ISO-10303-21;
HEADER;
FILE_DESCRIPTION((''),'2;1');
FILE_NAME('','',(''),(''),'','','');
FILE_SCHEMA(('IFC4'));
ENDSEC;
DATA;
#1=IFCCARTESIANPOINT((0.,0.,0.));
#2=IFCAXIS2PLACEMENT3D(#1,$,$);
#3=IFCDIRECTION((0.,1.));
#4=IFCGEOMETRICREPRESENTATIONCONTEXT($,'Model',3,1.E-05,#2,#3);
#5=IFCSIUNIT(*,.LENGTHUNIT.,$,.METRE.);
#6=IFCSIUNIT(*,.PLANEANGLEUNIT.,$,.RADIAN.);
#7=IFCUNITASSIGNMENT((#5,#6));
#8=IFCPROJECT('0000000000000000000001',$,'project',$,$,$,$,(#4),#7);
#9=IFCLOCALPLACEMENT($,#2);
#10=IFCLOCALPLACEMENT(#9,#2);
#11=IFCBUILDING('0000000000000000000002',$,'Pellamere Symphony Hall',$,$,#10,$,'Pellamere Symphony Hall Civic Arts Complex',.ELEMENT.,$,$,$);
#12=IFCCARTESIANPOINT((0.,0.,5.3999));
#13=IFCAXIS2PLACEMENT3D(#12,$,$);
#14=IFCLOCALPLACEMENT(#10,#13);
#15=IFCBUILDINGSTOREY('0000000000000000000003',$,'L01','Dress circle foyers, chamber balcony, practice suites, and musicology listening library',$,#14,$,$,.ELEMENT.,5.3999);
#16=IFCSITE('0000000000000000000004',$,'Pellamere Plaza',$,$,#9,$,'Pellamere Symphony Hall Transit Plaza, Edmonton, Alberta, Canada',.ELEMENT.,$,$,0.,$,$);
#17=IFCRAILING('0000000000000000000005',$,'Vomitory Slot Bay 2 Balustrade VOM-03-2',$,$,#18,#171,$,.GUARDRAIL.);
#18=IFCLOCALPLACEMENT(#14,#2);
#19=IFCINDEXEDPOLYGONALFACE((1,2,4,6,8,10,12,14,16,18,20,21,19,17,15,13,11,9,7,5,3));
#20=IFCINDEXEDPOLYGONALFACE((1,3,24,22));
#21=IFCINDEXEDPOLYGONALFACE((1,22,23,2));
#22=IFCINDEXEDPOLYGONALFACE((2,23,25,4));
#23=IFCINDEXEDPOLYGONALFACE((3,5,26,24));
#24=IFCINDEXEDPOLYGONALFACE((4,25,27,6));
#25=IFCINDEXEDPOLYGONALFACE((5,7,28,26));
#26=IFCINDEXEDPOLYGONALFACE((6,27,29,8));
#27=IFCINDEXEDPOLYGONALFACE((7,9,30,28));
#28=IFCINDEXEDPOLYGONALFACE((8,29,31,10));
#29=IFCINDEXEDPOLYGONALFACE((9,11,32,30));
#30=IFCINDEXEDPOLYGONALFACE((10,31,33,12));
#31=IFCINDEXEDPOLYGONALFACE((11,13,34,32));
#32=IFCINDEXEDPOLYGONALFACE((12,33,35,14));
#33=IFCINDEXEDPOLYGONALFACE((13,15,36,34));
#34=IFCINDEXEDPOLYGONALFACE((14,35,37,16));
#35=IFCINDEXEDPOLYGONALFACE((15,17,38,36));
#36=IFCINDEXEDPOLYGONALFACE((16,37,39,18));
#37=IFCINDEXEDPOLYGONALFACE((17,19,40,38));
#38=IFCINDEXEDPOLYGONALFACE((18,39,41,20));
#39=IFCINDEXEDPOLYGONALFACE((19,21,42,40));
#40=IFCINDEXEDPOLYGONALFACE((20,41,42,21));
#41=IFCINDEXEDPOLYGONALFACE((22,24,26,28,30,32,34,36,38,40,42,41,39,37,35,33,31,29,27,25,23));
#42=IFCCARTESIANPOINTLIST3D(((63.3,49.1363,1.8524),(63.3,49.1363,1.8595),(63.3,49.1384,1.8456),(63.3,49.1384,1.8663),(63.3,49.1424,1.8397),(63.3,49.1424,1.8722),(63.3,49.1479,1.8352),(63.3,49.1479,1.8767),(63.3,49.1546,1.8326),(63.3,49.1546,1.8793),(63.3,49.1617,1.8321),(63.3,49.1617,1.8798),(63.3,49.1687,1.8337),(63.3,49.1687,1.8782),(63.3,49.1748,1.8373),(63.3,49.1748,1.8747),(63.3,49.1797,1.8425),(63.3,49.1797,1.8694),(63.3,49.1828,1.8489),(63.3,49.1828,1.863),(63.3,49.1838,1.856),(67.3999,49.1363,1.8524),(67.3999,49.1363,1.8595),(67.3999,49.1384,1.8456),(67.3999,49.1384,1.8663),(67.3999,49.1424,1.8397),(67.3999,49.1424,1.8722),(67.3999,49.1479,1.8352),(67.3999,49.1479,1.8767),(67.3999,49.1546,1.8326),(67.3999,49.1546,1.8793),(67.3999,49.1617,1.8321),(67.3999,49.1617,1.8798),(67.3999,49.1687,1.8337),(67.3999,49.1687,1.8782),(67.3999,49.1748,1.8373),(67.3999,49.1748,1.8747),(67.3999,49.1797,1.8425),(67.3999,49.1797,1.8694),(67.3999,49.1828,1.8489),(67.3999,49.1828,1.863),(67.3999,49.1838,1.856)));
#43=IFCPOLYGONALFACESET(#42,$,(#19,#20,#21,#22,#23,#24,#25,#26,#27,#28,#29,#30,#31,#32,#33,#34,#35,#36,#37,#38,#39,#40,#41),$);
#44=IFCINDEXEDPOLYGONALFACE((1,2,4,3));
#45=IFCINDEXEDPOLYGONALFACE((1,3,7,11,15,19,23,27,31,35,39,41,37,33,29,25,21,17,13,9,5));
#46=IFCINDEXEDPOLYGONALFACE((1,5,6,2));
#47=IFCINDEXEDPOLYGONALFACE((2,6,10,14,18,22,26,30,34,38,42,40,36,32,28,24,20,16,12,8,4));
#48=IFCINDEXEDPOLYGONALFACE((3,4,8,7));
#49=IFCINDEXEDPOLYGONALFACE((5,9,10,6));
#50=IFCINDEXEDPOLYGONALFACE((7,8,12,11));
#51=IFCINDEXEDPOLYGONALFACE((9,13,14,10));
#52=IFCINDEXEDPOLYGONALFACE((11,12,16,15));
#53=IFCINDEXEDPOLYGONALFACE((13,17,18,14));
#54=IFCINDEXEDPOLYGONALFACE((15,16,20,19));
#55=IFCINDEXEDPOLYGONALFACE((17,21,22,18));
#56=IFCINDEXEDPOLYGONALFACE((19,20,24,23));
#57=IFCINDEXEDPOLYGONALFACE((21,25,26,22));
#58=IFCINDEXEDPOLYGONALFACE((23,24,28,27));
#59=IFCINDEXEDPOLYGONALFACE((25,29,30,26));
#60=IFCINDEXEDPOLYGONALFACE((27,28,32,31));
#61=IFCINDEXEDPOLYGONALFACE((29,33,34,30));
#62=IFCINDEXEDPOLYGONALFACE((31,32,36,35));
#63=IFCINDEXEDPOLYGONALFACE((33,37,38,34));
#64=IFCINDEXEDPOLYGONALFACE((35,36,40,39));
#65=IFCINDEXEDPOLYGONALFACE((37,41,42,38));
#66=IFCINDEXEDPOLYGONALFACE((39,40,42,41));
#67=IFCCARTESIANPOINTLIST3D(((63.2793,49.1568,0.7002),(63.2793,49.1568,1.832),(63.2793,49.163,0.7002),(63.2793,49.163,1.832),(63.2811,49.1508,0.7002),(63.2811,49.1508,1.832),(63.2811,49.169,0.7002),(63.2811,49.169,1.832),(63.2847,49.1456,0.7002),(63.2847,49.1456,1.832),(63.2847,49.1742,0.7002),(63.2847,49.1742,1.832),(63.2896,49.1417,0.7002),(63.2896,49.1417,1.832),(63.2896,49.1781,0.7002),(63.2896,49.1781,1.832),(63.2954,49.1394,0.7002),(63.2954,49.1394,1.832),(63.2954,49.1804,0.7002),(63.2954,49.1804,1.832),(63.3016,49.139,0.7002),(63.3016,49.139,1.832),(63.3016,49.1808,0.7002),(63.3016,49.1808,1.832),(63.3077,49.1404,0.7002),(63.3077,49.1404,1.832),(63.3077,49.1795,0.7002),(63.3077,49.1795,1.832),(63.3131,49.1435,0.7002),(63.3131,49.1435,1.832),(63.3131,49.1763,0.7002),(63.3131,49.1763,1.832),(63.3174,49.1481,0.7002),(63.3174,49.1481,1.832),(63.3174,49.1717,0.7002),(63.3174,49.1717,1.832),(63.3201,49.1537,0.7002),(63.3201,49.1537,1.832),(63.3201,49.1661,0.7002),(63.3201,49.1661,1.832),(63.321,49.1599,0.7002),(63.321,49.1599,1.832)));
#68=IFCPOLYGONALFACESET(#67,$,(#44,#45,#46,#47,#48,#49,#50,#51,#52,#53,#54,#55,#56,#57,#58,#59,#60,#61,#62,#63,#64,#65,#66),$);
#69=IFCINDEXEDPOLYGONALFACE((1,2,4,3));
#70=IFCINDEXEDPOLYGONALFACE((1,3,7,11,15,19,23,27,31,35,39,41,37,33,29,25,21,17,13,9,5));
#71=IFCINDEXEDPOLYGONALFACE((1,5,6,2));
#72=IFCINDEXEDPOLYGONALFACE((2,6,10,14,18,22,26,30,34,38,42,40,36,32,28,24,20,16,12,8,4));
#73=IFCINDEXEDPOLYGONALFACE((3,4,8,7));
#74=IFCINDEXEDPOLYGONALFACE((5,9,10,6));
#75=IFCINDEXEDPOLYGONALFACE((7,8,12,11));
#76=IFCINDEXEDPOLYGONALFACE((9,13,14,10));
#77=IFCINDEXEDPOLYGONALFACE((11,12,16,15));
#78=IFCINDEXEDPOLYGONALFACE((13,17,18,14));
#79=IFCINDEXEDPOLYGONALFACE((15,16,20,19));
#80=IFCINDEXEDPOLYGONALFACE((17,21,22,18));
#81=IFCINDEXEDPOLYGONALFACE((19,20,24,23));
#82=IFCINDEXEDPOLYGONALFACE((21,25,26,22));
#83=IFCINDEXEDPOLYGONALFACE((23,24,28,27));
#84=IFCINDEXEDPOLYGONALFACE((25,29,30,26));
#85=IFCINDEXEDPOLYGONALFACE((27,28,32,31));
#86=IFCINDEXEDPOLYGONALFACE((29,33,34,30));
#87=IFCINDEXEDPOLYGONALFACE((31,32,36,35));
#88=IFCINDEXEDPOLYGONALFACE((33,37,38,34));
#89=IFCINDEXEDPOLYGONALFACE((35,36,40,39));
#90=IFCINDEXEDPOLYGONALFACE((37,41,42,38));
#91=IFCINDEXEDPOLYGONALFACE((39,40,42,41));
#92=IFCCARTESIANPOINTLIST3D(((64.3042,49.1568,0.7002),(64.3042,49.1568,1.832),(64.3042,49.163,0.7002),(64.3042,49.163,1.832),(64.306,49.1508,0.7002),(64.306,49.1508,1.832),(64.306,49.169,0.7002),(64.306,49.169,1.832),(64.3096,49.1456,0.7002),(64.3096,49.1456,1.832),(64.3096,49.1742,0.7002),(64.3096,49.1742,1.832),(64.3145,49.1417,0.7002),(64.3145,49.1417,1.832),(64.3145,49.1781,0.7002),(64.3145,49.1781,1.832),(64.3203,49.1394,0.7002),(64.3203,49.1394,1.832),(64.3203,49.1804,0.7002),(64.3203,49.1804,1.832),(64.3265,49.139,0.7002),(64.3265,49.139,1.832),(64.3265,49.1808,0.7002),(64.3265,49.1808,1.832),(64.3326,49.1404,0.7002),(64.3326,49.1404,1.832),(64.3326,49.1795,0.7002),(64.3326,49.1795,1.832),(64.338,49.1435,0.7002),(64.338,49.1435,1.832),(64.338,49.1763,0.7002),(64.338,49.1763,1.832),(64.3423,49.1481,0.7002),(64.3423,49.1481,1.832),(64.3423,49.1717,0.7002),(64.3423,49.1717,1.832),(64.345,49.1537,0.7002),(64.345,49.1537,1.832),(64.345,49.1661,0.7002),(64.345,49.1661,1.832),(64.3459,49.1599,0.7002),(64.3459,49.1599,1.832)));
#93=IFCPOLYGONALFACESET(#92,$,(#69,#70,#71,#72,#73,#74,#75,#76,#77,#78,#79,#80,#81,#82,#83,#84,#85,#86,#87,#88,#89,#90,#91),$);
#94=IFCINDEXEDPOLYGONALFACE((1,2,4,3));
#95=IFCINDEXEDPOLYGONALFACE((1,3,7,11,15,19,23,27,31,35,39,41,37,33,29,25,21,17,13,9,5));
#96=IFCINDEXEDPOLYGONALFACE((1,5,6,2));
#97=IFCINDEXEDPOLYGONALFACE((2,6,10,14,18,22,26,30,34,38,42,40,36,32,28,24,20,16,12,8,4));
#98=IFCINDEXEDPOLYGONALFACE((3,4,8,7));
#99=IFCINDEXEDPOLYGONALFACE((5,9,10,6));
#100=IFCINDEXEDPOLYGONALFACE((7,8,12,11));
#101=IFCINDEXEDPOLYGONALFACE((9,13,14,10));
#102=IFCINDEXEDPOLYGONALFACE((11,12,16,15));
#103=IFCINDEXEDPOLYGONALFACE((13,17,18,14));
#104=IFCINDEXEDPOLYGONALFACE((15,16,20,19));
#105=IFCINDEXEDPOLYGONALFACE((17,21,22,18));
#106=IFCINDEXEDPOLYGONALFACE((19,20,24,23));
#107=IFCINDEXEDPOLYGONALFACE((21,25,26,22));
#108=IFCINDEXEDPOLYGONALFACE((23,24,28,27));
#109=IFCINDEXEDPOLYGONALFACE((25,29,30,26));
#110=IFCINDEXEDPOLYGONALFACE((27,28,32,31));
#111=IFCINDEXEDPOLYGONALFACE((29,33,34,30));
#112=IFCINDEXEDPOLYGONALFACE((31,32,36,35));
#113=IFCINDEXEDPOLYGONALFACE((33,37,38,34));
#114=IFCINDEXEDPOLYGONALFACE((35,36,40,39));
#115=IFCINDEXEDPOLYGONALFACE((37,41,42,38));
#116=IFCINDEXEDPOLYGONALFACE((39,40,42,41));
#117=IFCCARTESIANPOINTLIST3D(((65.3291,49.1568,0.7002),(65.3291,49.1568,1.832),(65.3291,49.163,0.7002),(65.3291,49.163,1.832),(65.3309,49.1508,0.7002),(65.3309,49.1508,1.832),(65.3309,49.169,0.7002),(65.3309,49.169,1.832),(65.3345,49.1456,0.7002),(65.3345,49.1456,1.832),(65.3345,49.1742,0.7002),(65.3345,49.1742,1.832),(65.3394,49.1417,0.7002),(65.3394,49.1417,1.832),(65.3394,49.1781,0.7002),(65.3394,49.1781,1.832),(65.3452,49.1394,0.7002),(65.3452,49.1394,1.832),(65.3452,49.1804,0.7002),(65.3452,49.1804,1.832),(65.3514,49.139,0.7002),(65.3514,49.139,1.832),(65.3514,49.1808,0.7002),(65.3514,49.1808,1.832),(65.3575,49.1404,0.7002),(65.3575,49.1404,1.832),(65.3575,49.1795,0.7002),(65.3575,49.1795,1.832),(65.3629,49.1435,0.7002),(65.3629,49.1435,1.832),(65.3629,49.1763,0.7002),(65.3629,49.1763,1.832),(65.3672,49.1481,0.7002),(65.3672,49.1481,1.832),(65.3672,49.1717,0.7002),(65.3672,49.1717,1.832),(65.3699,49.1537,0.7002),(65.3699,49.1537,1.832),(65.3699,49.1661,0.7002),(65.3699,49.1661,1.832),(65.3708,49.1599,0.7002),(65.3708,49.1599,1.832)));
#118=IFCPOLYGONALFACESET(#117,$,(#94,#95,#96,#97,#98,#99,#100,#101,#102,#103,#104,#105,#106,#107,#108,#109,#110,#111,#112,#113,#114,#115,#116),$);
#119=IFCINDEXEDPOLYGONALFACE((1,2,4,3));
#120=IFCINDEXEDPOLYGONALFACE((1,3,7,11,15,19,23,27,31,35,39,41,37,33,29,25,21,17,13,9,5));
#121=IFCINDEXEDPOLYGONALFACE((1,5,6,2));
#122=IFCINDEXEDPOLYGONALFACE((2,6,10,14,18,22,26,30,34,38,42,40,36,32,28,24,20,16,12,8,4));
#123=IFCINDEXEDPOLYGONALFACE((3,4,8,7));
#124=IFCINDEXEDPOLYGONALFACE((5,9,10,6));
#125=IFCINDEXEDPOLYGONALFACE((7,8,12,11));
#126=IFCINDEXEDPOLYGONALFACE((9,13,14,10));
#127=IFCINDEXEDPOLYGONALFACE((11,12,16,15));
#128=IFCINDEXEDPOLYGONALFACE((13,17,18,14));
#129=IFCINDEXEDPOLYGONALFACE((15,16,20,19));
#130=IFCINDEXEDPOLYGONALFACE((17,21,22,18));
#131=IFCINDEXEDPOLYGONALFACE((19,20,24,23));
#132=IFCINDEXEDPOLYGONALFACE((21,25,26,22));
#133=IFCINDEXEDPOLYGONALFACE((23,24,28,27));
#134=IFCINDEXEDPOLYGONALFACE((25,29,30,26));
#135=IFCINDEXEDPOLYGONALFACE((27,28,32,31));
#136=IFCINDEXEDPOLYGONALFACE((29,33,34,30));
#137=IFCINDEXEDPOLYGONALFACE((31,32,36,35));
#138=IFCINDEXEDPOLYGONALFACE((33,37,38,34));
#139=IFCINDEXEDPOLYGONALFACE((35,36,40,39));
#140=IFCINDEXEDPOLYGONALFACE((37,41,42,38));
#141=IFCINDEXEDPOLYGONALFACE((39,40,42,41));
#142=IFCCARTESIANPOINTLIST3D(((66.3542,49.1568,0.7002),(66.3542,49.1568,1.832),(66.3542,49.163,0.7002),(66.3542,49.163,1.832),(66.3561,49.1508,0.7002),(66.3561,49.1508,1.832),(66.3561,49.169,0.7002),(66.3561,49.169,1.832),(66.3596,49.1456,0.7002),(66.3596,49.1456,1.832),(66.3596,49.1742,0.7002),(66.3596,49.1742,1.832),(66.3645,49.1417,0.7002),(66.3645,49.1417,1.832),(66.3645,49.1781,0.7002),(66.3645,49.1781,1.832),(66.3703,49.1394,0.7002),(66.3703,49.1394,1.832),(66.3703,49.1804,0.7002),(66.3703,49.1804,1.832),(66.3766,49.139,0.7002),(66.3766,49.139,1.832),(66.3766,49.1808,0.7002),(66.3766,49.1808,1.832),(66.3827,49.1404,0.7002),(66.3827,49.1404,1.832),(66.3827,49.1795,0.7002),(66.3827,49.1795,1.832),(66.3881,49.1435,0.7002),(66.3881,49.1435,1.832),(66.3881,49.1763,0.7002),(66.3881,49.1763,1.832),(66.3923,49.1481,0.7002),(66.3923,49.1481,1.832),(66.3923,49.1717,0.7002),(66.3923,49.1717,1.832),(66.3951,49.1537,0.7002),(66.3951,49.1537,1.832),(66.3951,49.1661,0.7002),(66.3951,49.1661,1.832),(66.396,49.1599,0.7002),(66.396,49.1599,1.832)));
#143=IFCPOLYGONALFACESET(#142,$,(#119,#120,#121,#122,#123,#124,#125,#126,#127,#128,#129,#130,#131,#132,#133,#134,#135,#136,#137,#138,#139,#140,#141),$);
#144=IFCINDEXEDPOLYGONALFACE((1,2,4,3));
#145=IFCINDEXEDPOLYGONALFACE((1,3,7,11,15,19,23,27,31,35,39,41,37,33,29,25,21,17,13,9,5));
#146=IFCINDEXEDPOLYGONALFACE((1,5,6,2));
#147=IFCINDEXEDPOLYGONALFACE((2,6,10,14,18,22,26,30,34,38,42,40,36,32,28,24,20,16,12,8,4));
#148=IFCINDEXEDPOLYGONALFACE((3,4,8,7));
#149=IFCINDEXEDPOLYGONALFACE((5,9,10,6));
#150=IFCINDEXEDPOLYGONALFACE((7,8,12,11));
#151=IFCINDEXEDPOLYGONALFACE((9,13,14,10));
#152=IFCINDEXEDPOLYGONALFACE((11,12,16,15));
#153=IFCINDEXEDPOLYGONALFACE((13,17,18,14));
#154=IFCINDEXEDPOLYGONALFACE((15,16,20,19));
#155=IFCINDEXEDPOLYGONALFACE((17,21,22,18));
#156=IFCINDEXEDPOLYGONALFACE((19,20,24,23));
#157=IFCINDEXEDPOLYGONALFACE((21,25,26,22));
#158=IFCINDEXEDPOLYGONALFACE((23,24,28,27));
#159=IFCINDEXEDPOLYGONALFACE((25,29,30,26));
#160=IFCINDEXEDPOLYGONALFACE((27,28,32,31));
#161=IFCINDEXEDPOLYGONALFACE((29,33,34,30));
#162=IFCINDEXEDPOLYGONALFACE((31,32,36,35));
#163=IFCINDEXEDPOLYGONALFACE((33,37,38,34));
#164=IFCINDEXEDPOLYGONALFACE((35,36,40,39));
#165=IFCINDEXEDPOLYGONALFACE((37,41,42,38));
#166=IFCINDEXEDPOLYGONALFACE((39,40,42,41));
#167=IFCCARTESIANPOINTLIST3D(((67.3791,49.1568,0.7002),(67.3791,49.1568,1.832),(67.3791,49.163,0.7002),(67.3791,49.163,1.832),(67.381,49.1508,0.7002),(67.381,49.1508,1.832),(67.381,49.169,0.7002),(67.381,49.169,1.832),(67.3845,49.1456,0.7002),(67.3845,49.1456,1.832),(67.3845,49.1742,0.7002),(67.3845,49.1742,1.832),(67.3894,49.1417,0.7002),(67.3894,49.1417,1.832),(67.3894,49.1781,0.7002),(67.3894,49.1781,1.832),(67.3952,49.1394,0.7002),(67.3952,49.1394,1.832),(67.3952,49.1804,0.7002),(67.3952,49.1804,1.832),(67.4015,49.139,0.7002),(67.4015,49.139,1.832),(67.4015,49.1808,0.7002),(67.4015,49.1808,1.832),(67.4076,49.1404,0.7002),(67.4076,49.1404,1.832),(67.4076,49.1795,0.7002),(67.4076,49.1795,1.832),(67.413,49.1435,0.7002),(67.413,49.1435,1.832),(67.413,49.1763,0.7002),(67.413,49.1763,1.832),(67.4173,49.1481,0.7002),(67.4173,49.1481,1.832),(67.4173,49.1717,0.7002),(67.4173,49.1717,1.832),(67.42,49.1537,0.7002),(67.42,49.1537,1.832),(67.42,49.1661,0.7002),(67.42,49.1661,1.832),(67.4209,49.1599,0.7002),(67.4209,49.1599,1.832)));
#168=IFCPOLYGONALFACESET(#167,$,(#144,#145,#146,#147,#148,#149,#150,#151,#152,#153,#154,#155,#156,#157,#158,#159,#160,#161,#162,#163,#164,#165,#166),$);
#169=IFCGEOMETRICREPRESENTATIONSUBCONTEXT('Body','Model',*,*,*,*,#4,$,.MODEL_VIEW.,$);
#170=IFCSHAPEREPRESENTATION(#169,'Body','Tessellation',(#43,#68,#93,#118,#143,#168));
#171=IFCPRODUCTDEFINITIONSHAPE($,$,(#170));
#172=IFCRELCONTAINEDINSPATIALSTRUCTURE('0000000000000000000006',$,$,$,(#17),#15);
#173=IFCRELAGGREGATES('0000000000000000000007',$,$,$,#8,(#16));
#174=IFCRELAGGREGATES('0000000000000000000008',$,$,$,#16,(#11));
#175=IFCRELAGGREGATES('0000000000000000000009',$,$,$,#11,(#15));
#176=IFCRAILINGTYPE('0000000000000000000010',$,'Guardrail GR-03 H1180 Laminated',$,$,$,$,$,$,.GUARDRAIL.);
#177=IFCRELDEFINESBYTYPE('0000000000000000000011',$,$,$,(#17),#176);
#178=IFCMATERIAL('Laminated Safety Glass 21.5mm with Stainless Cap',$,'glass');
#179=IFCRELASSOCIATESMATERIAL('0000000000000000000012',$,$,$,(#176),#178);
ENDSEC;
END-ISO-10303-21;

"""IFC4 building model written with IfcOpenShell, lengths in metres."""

from ifc_helpers import new_model, si_unit, direction, frame, origin, origin_2d, place, context, subcontext, project, spatial, circle, extrude, material, type_object, element, save


model = new_model("IFC4")

# Units and contexts
model_context = context("Model", 3, precision=1e-05, world=origin(), true_north=direction((0.0, 1.0)))
body_context = subcontext(model_context, "Body", "Model", "MODEL_VIEW")
ifc_project = project(units=[si_unit("LENGTHUNIT", "METRE"), si_unit("PLANEANGLEUNIT", "RADIAN")], contexts=[model_context])

# Site, building, storey
site_placement = place(None, origin())
site = spatial("IfcSite", under=ifc_project, at=site_placement, Name="Pellamere Plaza", LongName="Pellamere Symphony Hall Transit Plaza, Edmonton, Alberta, Canada", CompositionType="ELEMENT", RefElevation=0.0)
building_placement = place(site_placement, origin())
building = spatial("IfcBuilding", under=site, at=building_placement, Name="Pellamere Symphony Hall", LongName="Pellamere Symphony Hall Civic Arts Complex", CompositionType="ELEMENT")
storey_placement = place(building_placement, frame((0.0, 0.0, 5.3999)))
storey = spatial("IfcBuildingStorey", under=building, at=storey_placement, Name="L01", Description="Dress circle foyers, chamber balcony, practice suites, and musicology listening library", CompositionType="ELEMENT", Elevation=5.3999)

# Railing
ifc_material_1 = material(Name="Laminated Safety Glass 21.5mm with Stainless Cap", Category="glass")
railing_type_1 = type_object("IfcRailingType", Name="Guardrail GR-03 H1180 Laminated", PredefinedType="GUARDRAIL", material=ifc_material_1)
railing_1_placement = place(storey_placement, frame((63.3, 49.1599, 0.7002)))
element("IfcRailing", 1, at=railing_1_placement, inside=storey, type_object=railing_type_1, Name="Vomitory Slot Bay 2 Balustrade VOM-03-2", PredefinedType="GUARDRAIL", context=body_context, shape_type="SweptSolid", body=[
    extrude(circle(Radius=0.0239, at=origin_2d()), frame((0.0, 0.0, 1.1558), z_axis=(1.0, 0.0, 0.0), x_axis=(0.0, 1.0, 0.0)), (0.0, 0.0, 1.0), 4.0999),
    extrude(circle(Radius=0.021, at=origin_2d()), origin(), (0.0, 0.0, 1.0), 1.1318),
    extrude(circle(Radius=0.021, at=origin_2d()), frame((1.0249, 0.0, 0.0)), (0.0, 0.0, 1.0), 1.1318),
    extrude(circle(Radius=0.021, at=origin_2d()), frame((2.0498, 0.0, 0.0)), (0.0, 0.0, 1.0), 1.1318),
    extrude(circle(Radius=0.021, at=origin_2d()), frame((3.075, 0.0, 0.0)), (0.0, 0.0, 1.0), 1.1318),
    extrude(circle(Radius=0.021, at=origin_2d()), frame((4.0999, 0.0, 0.0)), (0.0, 0.0, 1.0), 1.1318),
])

save(model, "model.ifc")
